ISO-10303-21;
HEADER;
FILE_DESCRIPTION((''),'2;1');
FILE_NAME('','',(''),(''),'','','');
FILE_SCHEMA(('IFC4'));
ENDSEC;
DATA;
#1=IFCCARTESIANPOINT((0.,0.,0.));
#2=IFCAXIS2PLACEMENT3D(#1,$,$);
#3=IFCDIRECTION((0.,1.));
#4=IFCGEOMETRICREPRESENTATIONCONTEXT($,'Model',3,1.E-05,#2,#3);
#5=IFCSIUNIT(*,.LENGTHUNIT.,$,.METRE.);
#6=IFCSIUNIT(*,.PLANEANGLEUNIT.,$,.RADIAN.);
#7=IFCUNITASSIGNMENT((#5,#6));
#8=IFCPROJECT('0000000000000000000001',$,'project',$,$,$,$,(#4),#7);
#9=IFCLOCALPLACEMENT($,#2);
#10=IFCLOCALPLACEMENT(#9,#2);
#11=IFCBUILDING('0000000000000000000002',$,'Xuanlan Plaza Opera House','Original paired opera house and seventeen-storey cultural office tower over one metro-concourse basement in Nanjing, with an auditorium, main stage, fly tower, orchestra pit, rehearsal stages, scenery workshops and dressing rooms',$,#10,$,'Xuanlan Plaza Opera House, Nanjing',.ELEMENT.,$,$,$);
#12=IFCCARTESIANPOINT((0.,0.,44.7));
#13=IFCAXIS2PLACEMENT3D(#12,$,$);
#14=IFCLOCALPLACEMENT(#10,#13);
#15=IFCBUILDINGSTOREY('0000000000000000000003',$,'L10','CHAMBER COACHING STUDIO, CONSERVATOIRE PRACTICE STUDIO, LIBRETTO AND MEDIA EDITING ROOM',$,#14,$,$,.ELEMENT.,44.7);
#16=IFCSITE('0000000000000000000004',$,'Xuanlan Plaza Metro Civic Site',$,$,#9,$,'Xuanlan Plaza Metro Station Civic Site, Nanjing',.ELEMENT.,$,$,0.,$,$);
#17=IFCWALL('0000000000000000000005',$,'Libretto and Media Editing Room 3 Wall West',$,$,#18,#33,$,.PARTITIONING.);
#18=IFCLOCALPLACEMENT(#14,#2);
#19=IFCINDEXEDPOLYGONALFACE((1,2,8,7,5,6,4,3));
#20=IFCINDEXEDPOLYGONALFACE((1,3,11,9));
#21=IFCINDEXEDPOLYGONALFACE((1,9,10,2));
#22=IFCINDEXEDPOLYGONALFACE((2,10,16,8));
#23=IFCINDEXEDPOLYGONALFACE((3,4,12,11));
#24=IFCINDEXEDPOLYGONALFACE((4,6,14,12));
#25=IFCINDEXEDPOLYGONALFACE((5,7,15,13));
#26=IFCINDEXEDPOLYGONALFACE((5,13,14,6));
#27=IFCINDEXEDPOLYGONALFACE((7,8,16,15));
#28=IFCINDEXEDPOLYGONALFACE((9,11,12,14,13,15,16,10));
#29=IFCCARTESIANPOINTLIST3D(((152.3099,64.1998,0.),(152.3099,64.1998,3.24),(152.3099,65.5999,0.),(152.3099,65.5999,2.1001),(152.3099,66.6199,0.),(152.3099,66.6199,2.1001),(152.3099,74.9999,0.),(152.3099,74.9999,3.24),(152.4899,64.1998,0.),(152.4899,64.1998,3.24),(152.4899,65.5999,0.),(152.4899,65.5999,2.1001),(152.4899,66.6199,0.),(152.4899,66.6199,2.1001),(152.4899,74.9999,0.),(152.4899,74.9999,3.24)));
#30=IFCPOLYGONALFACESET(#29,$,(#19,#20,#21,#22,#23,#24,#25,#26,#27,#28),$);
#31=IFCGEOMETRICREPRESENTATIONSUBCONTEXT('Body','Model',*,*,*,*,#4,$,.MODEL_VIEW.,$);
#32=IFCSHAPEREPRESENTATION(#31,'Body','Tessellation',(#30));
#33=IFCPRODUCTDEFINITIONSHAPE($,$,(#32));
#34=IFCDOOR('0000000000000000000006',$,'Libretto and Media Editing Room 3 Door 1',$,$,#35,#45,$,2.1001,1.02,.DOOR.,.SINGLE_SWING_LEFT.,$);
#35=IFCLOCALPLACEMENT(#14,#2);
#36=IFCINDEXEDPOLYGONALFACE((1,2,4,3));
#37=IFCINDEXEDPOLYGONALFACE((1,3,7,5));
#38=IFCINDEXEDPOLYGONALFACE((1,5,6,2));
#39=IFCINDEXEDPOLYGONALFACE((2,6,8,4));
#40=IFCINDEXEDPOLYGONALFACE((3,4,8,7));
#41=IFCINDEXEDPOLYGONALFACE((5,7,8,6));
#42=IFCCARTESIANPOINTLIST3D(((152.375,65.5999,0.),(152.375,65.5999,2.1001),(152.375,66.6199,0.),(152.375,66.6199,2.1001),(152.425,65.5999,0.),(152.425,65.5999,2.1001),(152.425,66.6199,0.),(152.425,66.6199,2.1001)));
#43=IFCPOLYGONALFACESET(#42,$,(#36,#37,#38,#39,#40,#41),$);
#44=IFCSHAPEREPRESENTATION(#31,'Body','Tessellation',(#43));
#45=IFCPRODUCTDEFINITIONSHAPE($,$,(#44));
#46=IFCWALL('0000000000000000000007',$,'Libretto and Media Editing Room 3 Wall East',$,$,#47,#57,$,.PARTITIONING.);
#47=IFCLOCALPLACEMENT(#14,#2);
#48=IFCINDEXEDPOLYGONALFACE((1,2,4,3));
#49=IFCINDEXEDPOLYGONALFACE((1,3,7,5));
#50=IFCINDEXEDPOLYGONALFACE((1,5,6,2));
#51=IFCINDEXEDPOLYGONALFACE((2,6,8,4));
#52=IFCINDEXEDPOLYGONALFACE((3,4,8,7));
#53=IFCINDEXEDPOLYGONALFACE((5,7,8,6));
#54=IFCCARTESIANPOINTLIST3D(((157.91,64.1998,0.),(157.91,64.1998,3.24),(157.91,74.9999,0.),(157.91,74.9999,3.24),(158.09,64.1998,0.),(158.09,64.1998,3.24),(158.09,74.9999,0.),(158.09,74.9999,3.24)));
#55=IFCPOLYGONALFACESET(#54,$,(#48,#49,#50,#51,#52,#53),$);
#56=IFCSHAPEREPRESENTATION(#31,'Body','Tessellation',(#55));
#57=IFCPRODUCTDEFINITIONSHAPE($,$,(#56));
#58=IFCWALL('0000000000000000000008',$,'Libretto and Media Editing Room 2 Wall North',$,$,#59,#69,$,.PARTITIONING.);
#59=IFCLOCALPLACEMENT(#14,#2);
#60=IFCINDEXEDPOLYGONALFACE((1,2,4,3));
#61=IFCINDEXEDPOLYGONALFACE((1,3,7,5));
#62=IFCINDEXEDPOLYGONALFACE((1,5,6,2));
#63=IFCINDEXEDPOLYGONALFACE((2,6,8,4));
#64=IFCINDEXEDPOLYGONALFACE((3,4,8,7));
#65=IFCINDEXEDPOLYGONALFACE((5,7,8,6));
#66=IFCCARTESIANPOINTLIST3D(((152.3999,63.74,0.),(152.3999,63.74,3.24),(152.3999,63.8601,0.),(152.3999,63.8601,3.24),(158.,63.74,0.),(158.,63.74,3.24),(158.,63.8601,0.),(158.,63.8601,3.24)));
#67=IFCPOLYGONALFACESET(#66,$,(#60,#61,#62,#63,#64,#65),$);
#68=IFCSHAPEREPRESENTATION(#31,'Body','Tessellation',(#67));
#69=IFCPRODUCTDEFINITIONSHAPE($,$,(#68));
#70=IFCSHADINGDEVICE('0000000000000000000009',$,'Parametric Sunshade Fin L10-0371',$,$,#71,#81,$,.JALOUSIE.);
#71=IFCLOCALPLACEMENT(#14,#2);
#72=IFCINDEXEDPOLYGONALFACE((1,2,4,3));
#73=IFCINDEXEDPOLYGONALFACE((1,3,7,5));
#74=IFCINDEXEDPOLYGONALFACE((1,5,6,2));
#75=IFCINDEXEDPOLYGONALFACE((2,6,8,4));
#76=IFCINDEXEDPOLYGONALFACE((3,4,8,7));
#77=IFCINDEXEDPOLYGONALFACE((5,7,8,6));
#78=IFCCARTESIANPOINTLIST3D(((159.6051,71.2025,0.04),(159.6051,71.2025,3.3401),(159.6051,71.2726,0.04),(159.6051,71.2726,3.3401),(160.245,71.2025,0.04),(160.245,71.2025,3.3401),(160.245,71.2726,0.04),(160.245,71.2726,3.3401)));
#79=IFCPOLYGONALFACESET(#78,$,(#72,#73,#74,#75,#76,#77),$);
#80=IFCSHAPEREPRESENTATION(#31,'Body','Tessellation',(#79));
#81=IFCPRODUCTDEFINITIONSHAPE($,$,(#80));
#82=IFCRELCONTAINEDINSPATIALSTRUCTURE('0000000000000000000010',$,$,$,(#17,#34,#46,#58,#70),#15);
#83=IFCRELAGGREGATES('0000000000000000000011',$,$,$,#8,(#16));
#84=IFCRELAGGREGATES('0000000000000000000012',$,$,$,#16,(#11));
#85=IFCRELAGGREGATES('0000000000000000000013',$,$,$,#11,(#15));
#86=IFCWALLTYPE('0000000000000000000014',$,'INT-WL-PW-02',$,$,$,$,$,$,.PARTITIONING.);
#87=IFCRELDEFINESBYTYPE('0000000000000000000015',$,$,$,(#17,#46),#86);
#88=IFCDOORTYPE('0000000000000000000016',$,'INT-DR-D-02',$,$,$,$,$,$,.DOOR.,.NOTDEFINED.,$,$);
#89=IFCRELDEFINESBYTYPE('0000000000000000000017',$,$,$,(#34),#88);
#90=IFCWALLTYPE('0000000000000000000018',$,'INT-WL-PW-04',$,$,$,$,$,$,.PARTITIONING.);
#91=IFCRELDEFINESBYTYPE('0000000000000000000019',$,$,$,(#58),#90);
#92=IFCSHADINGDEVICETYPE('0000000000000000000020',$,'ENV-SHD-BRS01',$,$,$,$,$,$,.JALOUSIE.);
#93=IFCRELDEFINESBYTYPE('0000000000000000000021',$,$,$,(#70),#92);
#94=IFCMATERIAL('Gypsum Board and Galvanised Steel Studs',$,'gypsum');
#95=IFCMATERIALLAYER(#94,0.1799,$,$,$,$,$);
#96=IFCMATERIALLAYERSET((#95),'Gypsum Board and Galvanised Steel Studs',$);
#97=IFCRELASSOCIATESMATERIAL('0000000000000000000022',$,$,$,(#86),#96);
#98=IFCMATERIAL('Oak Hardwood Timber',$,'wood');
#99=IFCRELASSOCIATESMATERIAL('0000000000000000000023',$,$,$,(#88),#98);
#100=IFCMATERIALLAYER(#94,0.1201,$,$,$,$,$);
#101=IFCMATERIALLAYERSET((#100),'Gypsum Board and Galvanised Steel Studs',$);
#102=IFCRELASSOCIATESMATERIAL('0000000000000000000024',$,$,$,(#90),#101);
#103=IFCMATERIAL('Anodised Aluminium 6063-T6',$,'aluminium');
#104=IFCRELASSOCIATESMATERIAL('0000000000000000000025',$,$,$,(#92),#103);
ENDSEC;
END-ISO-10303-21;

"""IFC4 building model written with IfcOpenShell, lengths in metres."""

from ifc_helpers import new_model, si_unit, direction, frame, frame_2d, origin, origin_2d, place, context, subcontext, project, spatial, rectangle, extrude, material, layer, layer_set, type_object, element, fill, save


model = new_model("IFC4")

# Units and contexts
model_context = context("Model", 3, precision=1e-05, world=origin(), true_north=direction((0.0, 1.0)))
body_context = subcontext(model_context, "Body", "Model", "MODEL_VIEW")
ifc_project = project(units=[si_unit("LENGTHUNIT", "METRE"), si_unit("PLANEANGLEUNIT", "RADIAN")], contexts=[model_context])

# Site, building, storey
site_placement = place(None, origin())
site = spatial("IfcSite", under=ifc_project, at=site_placement, Name="Xuanlan Plaza Metro Civic Site", LongName="Xuanlan Plaza Metro Station Civic Site, Nanjing", CompositionType="ELEMENT", RefElevation=0.0)
building_placement = place(site_placement, origin())
building = spatial("IfcBuilding", under=site, at=building_placement, Name="Xuanlan Plaza Opera House", Description="Original paired opera house and seventeen-storey cultural office tower over one metro-concourse basement in Nanjing, with an auditorium, main stage, fly tower, orchestra pit, rehearsal stages, scenery workshops and dressing rooms", LongName="Xuanlan Plaza Opera House, Nanjing", CompositionType="ELEMENT")
storey_placement = place(building_placement, frame((0.0, 0.0, 44.7)))
storey = spatial("IfcBuildingStorey", under=building, at=storey_placement, Name="L10", Description="CHAMBER COACHING STUDIO, CONSERVATOIRE PRACTICE STUDIO, LIBRETTO AND MEDIA EDITING ROOM", CompositionType="ELEMENT", Elevation=44.7)

# Shared definitions
ifc_material_1 = material(Name="Anodised Aluminium 6063-T6", Category="aluminium")

# Shared definitions
ifc_material_2 = material(Name="Gypsum Board and Galvanised Steel Studs", Category="gypsum")
ifc_layer_1 = layer(ifc_material_2, 0.1799)
ifc_layer_set_1 = layer_set([ifc_layer_1], Name="Gypsum Board and Galvanised Steel Studs")
wall_type_1 = type_object("IfcWallType", Name="INT-WL-PW-02", PredefinedType="PARTITIONING", material=ifc_layer_set_1)

# Wall, opening, door
wall_1_placement = place(storey_placement, frame((152.3999, 64.2, 0.0), z_axis=(0.0, 0.0, 1.0), x_axis=(0.0, 1.0, 0.0)))
wall_1 = element("IfcWall", 1, at=wall_1_placement, inside=storey, type_object=wall_type_1, Name="Libretto and Media Editing Room 3 Wall West", PredefinedType="PARTITIONING", context=body_context, shape_type="SweptSolid", body=[
    extrude(rectangle(XDim=10.8, YDim=0.1799, at=frame_2d((5.3999, 0.0))), origin(), (0.0, 0.0, 1.0), 3.24),
])
opening_1_placement = place(wall_1_placement, frame((1.3999, 0.0, 0.0)))
opening_1 = element("IfcOpeningElement", 2, at=opening_1_placement, cuts=wall_1, PredefinedType="OPENING", context=body_context, shape_type="SweptSolid", body=[
    extrude(rectangle(XDim=1.02, YDim=2.1001, at=frame_2d((0.51, 1.05))), frame((0.0, 0.0999, 0.0), z_axis=(0.0, -1.0, 0.0), x_axis=(1.0, 0.0, 0.0)), (0.0, 0.0, 1.0), 0.2),
])
ifc_material_3 = material(Name="Oak Hardwood Timber", Category="wood")
door_type_1 = type_object("IfcDoorType", Name="INT-DR-D-02", OperationType="NOTDEFINED", PredefinedType="DOOR", material=ifc_material_3)
door_1_placement = place(opening_1_placement, origin())
door_1 = element("IfcDoor", 3, at=door_1_placement, inside=storey, type_object=door_type_1, Name="Libretto and Media Editing Room 3 Door 1", OperationType="SINGLE_SWING_LEFT", OverallHeight=2.1001, OverallWidth=1.02, PredefinedType="DOOR", context=body_context, shape_type="SweptSolid", body=[
    extrude(rectangle(XDim=1.02, YDim=2.1001, at=frame_2d((0.51, 1.05))), frame((0.0, 0.0249, 0.0), z_axis=(0.0, -1.0, 0.0), x_axis=(1.0, 0.0, 0.0)), (0.0, 0.0, 1.0), 0.05),
])
fill(opening_1, door_1)

# Walls
wall_2_placement = place(storey_placement, frame((158.0, 64.2, 0.0), z_axis=(0.0, 0.0, 1.0), x_axis=(0.0, 1.0, 0.0)))
element("IfcWall", 4, at=wall_2_placement, inside=storey, type_object=wall_type_1, Name="Libretto and Media Editing Room 3 Wall East", PredefinedType="PARTITIONING", context=body_context, shape_type="SweptSolid", body=[
    extrude(rectangle(XDim=10.8, YDim=0.1799, at=frame_2d((5.3999, 0.0))), origin(), (0.0, 0.0, 1.0), 3.24),
])
ifc_layer_2 = layer(ifc_material_2, 0.1201)
ifc_layer_set_2 = layer_set([ifc_layer_2], Name="Gypsum Board and Galvanised Steel Studs")
wall_type_2 = type_object("IfcWallType", Name="INT-WL-PW-04", PredefinedType="PARTITIONING", material=ifc_layer_set_2)
wall_3_placement = place(storey_placement, frame((152.3999, 63.8, 0.0), z_axis=(0.0, 0.0, 1.0), x_axis=(1.0, 0.0, 0.0)))
element("IfcWall", 5, at=wall_3_placement, inside=storey, type_object=wall_type_2, Name="Libretto and Media Editing Room 2 Wall North", PredefinedType="PARTITIONING", context=body_context, shape_type="SweptSolid", body=[
    extrude(rectangle(XDim=5.6001, YDim=0.1201, at=frame_2d((2.8, 0.0))), origin(), (0.0, 0.0, 1.0), 3.24),
])

# Shading device
shading_device_type = type_object("IfcShadingDeviceType", Name="ENV-SHD-BRS01", PredefinedType="JALOUSIE", material=ifc_material_1)
shading_device_placement = place(storey_placement, frame((159.925, 71.2375, 0.04), z_axis=(0.0, 0.0, 1.0), x_axis=(1.0, 0.0, 0.0)))
element("IfcShadingDevice", 6, at=shading_device_placement, inside=storey, type_object=shading_device_type, Name="Parametric Sunshade Fin L10-0371", PredefinedType="JALOUSIE", context=body_context, shape_type="SweptSolid", body=[
    extrude(rectangle(XDim=0.6399, YDim=0.0701, at=origin_2d()), origin(), (0.0, 0.0, 1.0), 3.3),
])

save(model, "model.ifc")
